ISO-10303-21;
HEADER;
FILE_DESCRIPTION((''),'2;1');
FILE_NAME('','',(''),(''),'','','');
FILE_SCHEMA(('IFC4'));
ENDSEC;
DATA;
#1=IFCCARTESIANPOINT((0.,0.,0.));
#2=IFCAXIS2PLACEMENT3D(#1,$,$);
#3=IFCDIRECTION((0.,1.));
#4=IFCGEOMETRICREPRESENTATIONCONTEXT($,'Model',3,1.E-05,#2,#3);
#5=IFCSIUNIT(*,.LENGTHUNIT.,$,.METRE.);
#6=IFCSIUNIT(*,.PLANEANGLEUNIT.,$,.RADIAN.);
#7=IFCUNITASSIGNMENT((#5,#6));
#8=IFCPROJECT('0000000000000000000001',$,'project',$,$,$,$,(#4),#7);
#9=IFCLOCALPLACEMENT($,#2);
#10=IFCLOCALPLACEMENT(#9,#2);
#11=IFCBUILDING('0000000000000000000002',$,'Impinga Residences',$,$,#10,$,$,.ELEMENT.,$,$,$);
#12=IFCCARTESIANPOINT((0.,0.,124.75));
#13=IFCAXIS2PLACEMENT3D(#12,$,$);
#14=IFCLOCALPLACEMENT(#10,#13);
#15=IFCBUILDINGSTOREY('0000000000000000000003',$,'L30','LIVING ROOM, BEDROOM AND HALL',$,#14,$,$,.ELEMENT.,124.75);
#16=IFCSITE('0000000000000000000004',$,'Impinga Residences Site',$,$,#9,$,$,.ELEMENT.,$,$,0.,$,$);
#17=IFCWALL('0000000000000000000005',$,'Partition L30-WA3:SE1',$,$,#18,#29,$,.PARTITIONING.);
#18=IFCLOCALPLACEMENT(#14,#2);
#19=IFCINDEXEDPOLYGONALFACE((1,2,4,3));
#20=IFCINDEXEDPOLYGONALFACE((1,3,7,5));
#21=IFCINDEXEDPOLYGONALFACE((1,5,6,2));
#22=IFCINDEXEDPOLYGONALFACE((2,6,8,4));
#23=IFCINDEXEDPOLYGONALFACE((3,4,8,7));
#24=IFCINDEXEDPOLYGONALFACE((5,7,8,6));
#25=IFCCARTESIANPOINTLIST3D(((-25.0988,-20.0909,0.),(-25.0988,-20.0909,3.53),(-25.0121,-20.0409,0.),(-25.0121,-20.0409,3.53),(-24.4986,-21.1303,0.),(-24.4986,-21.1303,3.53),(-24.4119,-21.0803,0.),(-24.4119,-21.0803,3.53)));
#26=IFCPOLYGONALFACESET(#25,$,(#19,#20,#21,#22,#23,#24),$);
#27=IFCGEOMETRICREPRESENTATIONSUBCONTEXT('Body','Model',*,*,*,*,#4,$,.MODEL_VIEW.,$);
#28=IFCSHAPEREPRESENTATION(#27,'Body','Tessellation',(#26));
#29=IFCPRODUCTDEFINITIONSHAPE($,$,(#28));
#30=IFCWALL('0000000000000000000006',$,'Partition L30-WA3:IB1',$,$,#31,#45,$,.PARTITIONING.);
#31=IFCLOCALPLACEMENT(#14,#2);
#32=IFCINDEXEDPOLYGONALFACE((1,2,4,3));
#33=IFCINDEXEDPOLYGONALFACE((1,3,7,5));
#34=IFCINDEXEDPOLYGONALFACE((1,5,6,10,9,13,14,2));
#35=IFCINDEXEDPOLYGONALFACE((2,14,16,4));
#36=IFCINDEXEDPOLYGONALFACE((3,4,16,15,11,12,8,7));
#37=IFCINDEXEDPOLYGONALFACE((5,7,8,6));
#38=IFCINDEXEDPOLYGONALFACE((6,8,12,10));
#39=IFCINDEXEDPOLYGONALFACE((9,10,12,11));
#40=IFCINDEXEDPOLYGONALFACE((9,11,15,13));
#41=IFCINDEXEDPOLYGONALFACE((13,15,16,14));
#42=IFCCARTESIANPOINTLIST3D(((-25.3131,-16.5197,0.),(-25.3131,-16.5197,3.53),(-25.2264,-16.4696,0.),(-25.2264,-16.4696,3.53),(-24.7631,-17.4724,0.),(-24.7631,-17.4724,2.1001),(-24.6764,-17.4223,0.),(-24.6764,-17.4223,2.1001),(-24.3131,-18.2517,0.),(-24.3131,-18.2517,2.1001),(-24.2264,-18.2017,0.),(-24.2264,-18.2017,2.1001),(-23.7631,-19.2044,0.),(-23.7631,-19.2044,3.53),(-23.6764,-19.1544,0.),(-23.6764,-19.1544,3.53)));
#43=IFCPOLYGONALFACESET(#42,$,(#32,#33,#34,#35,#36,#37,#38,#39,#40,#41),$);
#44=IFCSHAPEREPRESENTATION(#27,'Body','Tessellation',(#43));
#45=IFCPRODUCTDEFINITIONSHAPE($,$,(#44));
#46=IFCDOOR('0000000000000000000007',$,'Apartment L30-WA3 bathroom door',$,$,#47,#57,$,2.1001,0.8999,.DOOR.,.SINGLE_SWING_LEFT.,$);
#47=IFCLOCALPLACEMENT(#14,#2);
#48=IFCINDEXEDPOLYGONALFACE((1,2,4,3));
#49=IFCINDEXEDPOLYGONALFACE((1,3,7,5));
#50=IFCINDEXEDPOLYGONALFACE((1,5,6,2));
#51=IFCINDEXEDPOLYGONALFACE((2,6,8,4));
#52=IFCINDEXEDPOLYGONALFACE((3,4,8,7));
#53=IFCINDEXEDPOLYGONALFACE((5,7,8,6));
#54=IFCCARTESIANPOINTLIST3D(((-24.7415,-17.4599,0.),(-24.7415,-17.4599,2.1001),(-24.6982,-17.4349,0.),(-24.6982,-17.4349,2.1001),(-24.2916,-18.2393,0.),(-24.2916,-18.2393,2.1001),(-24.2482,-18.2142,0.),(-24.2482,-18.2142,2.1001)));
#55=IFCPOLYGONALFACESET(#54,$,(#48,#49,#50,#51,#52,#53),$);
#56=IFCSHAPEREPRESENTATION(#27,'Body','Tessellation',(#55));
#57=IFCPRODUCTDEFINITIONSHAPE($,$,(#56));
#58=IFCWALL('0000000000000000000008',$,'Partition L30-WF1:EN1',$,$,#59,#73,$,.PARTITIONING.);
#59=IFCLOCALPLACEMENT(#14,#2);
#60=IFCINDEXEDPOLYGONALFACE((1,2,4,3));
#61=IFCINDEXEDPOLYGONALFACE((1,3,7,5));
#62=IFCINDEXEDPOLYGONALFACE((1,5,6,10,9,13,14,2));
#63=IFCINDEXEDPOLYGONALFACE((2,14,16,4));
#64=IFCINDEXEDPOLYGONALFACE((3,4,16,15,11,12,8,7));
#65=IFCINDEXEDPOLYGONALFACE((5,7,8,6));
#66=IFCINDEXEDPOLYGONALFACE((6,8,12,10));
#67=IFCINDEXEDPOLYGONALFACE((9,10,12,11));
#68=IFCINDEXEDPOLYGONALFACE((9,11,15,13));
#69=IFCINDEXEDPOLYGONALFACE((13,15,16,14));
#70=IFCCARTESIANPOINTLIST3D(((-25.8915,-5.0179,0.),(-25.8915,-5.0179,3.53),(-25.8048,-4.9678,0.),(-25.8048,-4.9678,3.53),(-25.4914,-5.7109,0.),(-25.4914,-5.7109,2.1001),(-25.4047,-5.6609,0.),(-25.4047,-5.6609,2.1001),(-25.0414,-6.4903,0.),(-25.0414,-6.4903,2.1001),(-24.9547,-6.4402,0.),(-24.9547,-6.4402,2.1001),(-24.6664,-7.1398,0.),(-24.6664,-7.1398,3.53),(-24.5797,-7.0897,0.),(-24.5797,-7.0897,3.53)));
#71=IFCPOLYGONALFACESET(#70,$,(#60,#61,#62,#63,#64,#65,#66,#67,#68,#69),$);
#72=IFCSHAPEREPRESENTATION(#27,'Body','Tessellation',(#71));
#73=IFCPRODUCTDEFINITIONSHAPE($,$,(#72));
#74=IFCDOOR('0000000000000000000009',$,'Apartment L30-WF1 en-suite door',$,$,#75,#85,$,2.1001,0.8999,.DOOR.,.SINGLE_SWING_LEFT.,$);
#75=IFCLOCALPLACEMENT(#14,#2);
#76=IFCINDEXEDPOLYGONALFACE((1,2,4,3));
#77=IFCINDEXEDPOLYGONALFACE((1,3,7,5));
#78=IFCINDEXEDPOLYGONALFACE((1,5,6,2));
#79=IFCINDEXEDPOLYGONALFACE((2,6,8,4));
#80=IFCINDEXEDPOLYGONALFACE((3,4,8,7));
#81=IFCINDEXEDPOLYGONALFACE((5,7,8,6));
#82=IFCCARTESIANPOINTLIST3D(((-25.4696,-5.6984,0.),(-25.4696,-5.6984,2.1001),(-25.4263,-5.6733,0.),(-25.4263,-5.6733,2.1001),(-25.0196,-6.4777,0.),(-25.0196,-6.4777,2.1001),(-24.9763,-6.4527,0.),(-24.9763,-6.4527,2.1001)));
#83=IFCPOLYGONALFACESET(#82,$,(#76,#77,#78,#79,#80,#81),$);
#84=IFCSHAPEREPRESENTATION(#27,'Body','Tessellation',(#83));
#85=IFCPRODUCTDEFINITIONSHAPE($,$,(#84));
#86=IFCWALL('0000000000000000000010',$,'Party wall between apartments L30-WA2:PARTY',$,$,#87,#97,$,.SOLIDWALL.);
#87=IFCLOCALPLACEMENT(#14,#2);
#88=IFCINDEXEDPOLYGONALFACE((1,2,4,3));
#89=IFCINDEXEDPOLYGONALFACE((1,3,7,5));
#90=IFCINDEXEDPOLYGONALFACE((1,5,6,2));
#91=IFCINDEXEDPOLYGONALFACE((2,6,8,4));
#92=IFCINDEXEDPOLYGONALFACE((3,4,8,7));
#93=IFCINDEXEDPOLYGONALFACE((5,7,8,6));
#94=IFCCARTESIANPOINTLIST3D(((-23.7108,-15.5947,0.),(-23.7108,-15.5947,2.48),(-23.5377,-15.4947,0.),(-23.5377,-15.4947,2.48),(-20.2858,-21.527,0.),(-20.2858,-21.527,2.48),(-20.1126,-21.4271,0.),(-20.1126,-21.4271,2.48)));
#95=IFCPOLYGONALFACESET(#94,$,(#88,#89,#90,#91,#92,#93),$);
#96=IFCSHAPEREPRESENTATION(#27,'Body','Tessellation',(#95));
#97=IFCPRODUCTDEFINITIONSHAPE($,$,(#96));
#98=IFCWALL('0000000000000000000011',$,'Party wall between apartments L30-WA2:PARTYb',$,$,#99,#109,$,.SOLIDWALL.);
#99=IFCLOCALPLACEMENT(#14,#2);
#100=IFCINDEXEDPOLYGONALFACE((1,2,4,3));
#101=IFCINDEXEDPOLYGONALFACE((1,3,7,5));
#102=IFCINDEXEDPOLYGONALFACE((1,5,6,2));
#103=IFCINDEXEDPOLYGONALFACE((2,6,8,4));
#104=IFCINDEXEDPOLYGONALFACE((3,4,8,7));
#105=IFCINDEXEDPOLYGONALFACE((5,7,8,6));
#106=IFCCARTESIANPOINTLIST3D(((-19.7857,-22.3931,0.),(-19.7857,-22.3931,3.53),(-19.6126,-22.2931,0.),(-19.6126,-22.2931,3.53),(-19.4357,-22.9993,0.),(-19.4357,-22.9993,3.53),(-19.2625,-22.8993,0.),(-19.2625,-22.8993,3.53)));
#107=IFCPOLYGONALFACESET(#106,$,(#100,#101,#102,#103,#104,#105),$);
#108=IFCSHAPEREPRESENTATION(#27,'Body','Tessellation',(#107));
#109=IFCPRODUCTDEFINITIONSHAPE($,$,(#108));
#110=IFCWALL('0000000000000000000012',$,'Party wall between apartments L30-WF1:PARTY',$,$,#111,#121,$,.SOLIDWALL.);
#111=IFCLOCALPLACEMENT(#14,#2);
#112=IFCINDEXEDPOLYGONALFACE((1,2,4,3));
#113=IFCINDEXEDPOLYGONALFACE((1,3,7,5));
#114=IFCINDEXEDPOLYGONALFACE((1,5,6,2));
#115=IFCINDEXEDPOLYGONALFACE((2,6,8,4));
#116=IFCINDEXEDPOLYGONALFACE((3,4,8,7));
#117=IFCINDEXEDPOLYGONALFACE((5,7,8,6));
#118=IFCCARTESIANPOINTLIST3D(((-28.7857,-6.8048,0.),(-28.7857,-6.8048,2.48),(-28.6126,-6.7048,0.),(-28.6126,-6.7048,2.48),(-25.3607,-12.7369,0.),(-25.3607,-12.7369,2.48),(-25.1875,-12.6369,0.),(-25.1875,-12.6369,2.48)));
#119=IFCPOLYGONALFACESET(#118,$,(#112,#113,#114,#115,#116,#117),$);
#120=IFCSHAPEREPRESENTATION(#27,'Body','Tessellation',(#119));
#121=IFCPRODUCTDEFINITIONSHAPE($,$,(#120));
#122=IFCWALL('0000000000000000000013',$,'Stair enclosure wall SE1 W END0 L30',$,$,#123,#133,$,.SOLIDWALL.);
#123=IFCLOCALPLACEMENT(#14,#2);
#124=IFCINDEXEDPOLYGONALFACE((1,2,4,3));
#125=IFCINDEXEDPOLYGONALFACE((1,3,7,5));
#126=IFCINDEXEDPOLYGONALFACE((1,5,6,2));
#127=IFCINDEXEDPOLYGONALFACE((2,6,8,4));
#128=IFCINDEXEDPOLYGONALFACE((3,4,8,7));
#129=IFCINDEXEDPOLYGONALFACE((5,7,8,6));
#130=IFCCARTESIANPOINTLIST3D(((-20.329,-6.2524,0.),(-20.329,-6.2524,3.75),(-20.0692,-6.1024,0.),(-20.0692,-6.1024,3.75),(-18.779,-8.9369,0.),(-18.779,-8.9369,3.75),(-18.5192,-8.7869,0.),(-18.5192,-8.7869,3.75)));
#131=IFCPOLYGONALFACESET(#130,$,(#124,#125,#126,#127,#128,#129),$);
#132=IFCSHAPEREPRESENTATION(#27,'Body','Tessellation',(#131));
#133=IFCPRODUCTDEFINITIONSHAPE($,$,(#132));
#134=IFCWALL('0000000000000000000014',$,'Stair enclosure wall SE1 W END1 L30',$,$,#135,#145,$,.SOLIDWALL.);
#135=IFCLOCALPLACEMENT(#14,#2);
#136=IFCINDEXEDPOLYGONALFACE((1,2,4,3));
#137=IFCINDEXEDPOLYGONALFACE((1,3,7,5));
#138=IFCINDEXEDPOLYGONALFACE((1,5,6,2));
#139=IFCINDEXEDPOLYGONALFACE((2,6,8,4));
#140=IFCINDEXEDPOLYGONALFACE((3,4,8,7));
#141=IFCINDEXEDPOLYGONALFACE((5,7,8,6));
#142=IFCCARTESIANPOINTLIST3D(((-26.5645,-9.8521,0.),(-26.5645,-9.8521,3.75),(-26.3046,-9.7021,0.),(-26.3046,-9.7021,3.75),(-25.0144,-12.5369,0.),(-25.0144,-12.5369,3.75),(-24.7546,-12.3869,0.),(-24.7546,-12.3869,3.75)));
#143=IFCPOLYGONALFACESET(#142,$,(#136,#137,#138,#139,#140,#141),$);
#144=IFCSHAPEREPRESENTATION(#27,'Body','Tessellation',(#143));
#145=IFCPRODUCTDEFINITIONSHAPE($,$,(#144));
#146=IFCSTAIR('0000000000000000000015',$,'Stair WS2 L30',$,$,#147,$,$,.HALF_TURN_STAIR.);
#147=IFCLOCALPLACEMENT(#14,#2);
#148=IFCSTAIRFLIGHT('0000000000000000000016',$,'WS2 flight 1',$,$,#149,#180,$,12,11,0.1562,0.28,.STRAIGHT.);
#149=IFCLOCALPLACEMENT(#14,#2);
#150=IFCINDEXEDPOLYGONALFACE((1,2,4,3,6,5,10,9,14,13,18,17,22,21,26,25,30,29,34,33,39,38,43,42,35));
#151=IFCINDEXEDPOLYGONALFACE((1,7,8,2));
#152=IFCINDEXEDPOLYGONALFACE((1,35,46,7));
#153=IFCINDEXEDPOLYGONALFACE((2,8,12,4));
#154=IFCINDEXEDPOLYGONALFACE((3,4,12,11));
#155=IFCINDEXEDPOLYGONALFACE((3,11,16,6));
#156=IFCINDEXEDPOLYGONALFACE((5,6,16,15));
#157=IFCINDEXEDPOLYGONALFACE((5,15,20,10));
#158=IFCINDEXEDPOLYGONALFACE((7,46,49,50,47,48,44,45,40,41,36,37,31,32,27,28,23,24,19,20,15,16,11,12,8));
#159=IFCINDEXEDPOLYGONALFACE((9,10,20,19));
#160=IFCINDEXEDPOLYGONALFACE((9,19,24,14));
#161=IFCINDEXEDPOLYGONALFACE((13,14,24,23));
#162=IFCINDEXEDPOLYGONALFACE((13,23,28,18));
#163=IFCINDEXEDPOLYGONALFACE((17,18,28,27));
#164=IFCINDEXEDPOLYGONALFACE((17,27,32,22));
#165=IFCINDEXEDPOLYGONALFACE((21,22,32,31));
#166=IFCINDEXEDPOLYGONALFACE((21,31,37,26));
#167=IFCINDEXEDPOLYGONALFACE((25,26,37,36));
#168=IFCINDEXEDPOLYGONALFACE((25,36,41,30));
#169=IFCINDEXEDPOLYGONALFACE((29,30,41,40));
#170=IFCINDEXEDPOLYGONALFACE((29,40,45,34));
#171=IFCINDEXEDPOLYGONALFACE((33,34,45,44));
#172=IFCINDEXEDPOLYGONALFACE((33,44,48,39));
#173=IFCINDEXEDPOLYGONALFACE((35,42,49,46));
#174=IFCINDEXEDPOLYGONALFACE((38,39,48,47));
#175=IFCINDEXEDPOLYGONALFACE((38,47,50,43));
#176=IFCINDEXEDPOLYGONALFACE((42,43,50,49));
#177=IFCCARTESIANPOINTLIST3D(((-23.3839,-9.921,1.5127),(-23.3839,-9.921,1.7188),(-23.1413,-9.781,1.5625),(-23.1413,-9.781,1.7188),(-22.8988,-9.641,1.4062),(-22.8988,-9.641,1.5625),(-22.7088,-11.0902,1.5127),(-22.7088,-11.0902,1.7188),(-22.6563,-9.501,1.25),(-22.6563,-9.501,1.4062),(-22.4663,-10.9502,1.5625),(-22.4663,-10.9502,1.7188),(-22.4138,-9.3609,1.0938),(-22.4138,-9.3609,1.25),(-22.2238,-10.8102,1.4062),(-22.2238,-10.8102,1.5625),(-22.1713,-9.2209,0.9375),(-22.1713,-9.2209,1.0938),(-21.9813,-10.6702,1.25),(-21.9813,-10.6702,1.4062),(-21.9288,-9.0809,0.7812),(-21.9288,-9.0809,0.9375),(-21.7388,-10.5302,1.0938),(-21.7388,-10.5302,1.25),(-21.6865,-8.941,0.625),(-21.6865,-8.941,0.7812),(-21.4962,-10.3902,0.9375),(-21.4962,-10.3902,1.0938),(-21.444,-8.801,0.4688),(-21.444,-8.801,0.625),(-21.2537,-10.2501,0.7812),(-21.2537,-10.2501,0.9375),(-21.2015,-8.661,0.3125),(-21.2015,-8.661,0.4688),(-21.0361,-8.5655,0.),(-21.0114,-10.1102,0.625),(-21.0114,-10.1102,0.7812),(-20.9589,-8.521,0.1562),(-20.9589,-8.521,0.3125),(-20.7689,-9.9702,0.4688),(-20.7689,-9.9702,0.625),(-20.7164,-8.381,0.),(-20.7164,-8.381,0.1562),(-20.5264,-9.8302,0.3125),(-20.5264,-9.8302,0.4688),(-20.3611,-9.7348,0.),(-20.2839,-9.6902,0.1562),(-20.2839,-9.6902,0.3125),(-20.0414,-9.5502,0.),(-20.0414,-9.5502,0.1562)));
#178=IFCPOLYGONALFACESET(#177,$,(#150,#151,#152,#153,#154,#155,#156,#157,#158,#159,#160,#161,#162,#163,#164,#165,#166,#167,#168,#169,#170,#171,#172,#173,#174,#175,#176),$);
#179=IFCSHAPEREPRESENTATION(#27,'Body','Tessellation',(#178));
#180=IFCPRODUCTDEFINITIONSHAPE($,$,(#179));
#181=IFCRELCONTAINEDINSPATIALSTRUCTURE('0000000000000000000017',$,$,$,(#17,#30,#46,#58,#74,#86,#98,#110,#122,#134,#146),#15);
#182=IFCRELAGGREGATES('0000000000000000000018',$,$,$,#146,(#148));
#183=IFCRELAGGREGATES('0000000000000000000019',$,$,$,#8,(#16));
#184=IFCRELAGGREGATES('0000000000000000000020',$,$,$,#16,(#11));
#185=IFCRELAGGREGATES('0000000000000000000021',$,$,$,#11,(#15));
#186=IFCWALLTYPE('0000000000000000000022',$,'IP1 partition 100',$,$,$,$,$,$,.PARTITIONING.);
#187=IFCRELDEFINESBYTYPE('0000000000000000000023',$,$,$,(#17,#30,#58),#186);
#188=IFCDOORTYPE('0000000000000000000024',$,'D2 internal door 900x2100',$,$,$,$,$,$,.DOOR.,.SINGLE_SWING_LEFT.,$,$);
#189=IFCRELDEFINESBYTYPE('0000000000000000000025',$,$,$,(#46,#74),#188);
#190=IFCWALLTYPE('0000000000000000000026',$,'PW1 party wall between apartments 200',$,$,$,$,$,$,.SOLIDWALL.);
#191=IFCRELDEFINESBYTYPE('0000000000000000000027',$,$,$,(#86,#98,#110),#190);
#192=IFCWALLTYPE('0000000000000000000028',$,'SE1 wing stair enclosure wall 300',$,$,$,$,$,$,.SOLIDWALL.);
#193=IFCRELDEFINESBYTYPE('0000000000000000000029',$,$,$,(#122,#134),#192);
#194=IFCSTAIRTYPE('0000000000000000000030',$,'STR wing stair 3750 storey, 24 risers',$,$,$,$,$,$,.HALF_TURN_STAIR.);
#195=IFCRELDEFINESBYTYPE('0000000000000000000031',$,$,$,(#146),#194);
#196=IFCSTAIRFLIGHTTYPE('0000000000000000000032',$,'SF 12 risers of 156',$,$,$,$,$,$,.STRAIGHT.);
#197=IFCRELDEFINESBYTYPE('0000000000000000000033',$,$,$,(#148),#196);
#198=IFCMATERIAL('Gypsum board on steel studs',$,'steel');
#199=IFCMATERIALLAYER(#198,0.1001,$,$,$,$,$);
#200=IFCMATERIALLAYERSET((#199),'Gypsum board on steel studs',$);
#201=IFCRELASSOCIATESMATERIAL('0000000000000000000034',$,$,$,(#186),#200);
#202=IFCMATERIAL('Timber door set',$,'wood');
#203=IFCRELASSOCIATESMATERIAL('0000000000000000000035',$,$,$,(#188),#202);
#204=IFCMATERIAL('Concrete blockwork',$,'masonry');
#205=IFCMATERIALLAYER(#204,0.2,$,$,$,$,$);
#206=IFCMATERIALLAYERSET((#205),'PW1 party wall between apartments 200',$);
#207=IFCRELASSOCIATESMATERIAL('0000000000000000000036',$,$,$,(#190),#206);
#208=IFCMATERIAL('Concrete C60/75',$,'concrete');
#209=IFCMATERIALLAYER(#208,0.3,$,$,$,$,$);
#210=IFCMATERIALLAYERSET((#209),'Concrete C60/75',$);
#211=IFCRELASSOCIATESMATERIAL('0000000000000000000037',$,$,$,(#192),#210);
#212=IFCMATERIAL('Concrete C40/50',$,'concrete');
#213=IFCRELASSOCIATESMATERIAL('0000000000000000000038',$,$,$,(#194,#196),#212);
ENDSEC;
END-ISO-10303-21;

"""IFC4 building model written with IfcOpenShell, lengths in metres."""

from ifc_helpers import new_model, si_unit, direction, frame, frame_2d, origin, place, context, subcontext, project, spatial, polyline, rectangle, outline, extrude, material, layer, layer_set, type_object, element, fill, aggregate, save


model = new_model("IFC4")

# Units and contexts
model_context = context("Model", 3, precision=1e-05, world=origin(), true_north=direction((0.0, 1.0)))
body_context = subcontext(model_context, "Body", "Model", "MODEL_VIEW")
ifc_project = project(units=[si_unit("LENGTHUNIT", "METRE"), si_unit("PLANEANGLEUNIT", "RADIAN")], contexts=[model_context])

# Site, building, storey
site_placement = place(None, origin())
site = spatial("IfcSite", under=ifc_project, at=site_placement, Name="Impinga Residences Site", CompositionType="ELEMENT", RefElevation=0.0)
building_placement = place(site_placement, origin())
building = spatial("IfcBuilding", under=site, at=building_placement, Name="Impinga Residences", CompositionType="ELEMENT")
storey_placement = place(building_placement, frame((0.0, 0.0, 124.75)))
storey = spatial("IfcBuildingStorey", under=building, at=storey_placement, Name="L30", Description="LIVING ROOM, BEDROOM AND HALL", CompositionType="ELEMENT", Elevation=124.75)

# Shared definitions
ifc_material_1 = material(Name="Concrete C60/75", Category="concrete")

# Shared definitions
ifc_material_2 = material(Name="Gypsum board on steel studs", Category="steel")
ifc_layer_1 = layer(ifc_material_2, 0.1001)
ifc_layer_set_1 = layer_set([ifc_layer_1], Name="Gypsum board on steel studs")
wall_type_1 = type_object("IfcWallType", Name="IP1 partition 100", PredefinedType="PARTITIONING", material=ifc_layer_set_1)
ifc_material_3 = material(Name="Timber door set", Category="wood")
door_type = type_object("IfcDoorType", Name="D2 internal door 900x2100", OperationType="SINGLE_SWING_LEFT", PredefinedType="DOOR", material=ifc_material_3)

# Wall
for number, where, z_axis, x_axis, name in (
    (1, (-25.0554, -20.0659, 0.0), (0.0, 0.0, 1.0), (0.500034, -0.866006, 0.0), "Partition L30-WA3:SE1"),
):
    element("IfcWall", number, at=place(storey_placement, frame(where, z_axis=z_axis, x_axis=x_axis)), inside=storey, type_object=wall_type_1, Name=name, PredefinedType="PARTITIONING", context=body_context, shape_type="SweptSolid", body=[
        extrude(rectangle(XDim=1.2002, YDim=0.1001, at=frame_2d((0.6001, 0.0))), origin(), (0.0, 0.0, 1.0), 3.53),
    ])

# Walls, openings, doors
wall_1_placement = place(storey_placement, frame((-25.2698, -16.4946, 0.0), z_axis=(0.0, 0.0, 1.0), x_axis=(0.499993, -0.86603, 0.0)))
wall_1 = element("IfcWall", 2, at=wall_1_placement, inside=storey, type_object=wall_type_1, Name="Partition L30-WA3:IB1", PredefinedType="PARTITIONING", context=body_context, shape_type="SweptSolid", body=[
    extrude(rectangle(XDim=3.1001, YDim=0.1001, at=frame_2d((1.55, 0.0))), origin(), (0.0, 0.0, 1.0), 3.53),
])
opening_1_placement = place(wall_1_placement, frame((1.1001, 0.0, 0.0)))
opening_1 = element("IfcOpeningElement", 3, at=opening_1_placement, cuts=wall_1, PredefinedType="OPENING", context=body_context, shape_type="SweptSolid", body=[
    extrude(rectangle(XDim=0.8999, YDim=2.1001, at=frame_2d((0.45, 1.05))), frame((0.0, 0.0601, 0.0), z_axis=(0.0, -1.0, 0.0), x_axis=(1.0, 0.0, 0.0)), (0.0, 0.0, 1.0), 0.1201),
])
door_1_placement = place(opening_1_placement, origin())
door_1 = element("IfcDoor", 4, at=door_1_placement, inside=storey, type_object=door_type, Name="Apartment L30-WA3 bathroom door", OperationType="SINGLE_SWING_LEFT", OverallHeight=2.1001, OverallWidth=0.8999, PredefinedType="DOOR", context=body_context, shape_type="SweptSolid", body=[
    extrude(rectangle(XDim=0.8999, YDim=2.1001, at=frame_2d((0.45, 1.05))), frame((0.0, 0.0249, 0.0), z_axis=(0.0, -1.0, 0.0), x_axis=(1.0, 0.0, 0.0)), (0.0, 0.0, 1.0), 0.05),
])
fill(opening_1, door_1)
wall_2_placement = place(storey_placement, frame((-24.623, -7.1147, 0.0), z_axis=(0.0, 0.0, 1.0), x_axis=(-0.500019, 0.866015, 0.0)))
wall_2 = element("IfcWall", 5, at=wall_2_placement, inside=storey, type_object=wall_type_1, Name="Partition L30-WF1:EN1", PredefinedType="PARTITIONING", context=body_context, shape_type="SweptSolid", body=[
    extrude(rectangle(XDim=2.4502, YDim=0.1001, at=frame_2d((1.2251, 0.0))), origin(), (0.0, 0.0, 1.0), 3.53),
])
opening_2_placement = place(wall_2_placement, frame((0.75, 0.0, 0.0)))
opening_2 = element("IfcOpeningElement", 6, at=opening_2_placement, cuts=wall_2, PredefinedType="OPENING", context=body_context, shape_type="SweptSolid", body=[
    extrude(rectangle(XDim=0.8999, YDim=2.1001, at=frame_2d((0.45, 1.05))), frame((0.0, 0.0601, 0.0), z_axis=(0.0, -1.0, 0.0), x_axis=(1.0, 0.0, 0.0)), (0.0, 0.0, 1.0), 0.1201),
])
door_2_placement = place(opening_2_placement, origin())
door_2 = element("IfcDoor", 7, at=door_2_placement, inside=storey, type_object=door_type, Name="Apartment L30-WF1 en-suite door", OperationType="SINGLE_SWING_LEFT", OverallHeight=2.1001, OverallWidth=0.8999, PredefinedType="DOOR", context=body_context, shape_type="SweptSolid", body=[
    extrude(rectangle(XDim=0.8999, YDim=2.1001, at=frame_2d((0.45, 1.05))), frame((0.0, 0.0249, 0.0), z_axis=(0.0, -1.0, 0.0), x_axis=(1.0, 0.0, 0.0)), (0.0, 0.0, 1.0), 0.05),
])
fill(opening_2, door_2)

# Walls
ifc_material_4 = material(Name="Concrete blockwork", Category="masonry")
ifc_layer_2 = layer(ifc_material_4, 0.2)
ifc_layer_set_2 = layer_set([ifc_layer_2], Name="PW1 party wall between apartments 200")
wall_type_2 = type_object("IfcWallType", Name="PW1 party wall between apartments 200", PredefinedType="SOLIDWALL", material=ifc_layer_set_2)
wall_3_placement = place(storey_placement, frame((-23.6243, -15.5447, 0.0), z_axis=(0.0, 0.0, 1.0), x_axis=(0.499999, -0.866026, 0.0)))
element("IfcWall", 8, at=wall_3_placement, inside=storey, type_object=wall_type_2, Name="Party wall between apartments L30-WA2:PARTY", PredefinedType="SOLIDWALL", context=body_context, shape_type="SweptSolid", body=[
    extrude(rectangle(XDim=6.8501, YDim=0.2, at=frame_2d((3.425, 0.0))), origin(), (0.0, 0.0, 1.0), 2.48),
])
wall_4_placement = place(storey_placement, frame((-19.6992, -22.343, 0.0), z_axis=(0.0, 0.0, 1.0), x_axis=(0.500115, -0.865959, 0.0)))
element("IfcWall", 9, at=wall_4_placement, inside=storey, type_object=wall_type_2, Name="Party wall between apartments L30-WA2:PARTYb", PredefinedType="SOLIDWALL", context=body_context, shape_type="SweptSolid", body=[
    extrude(rectangle(XDim=0.7, YDim=0.2, at=frame_2d((0.3501, 0.0))), origin(), (0.0, 0.0, 1.0), 3.53),
])
wall_5_placement = place(storey_placement, frame((-25.2742, -12.6868, 0.0), z_axis=(0.0, 0.0, 1.0), x_axis=(-0.500015, 0.866017, 0.0)))
element("IfcWall", 10, at=wall_5_placement, inside=storey, type_object=wall_type_2, Name="Party wall between apartments L30-WF1:PARTY", PredefinedType="SOLIDWALL", context=body_context, shape_type="SweptSolid", body=[
    extrude(rectangle(XDim=6.8499, YDim=0.2, at=frame_2d((3.4248, 0.0))), origin(), (0.0, 0.0, 1.0), 2.48),
])
ifc_layer_3 = layer(ifc_material_1, 0.3)
ifc_layer_set_3 = layer_set([ifc_layer_3], Name="Concrete C60/75")
wall_type_3 = type_object("IfcWallType", Name="SE1 wing stair enclosure wall 300", PredefinedType="SOLIDWALL", material=ifc_layer_set_3)
wall_6_placement = place(storey_placement, frame((-18.6492, -8.8618, 0.0), z_axis=(0.0, 0.0, 1.0), x_axis=(-0.500027, 0.86601, 0.0)))
element("IfcWall", 11, at=wall_6_placement, inside=storey, type_object=wall_type_3, Name="Stair enclosure wall SE1 W END0 L30", PredefinedType="SOLIDWALL", context=body_context, shape_type="SweptSolid", body=[
    extrude(rectangle(XDim=3.0999, YDim=0.3, at=frame_2d((1.5498, 0.0))), origin(), (0.0, 0.0, 1.0), 3.75),
])
wall_7_placement = place(storey_placement, frame((-24.8845, -12.4619, 0.0), z_axis=(0.0, 0.0, 1.0), x_axis=(-0.499993, 0.86603, 0.0)))
element("IfcWall", 12, at=wall_7_placement, inside=storey, type_object=wall_type_3, Name="Stair enclosure wall SE1 W END1 L30", PredefinedType="SOLIDWALL", context=body_context, shape_type="SweptSolid", body=[
    extrude(rectangle(XDim=3.1001, YDim=0.3, at=frame_2d((1.55, 0.0))), origin(), (0.0, 0.0, 1.0), 3.75),
])

# Stair, stair flight
ifc_material_5 = material(Name="Concrete C40/50", Category="concrete")
stair_type = type_object("IfcStairType", Name="STR wing stair 3750 storey, 24 risers", PredefinedType="HALF_TURN_STAIR", material=ifc_material_5)
stair_placement = place(storey_placement, origin())
stair = element("IfcStair", 13, at=stair_placement, inside=storey, type_object=stair_type, Name="Stair WS2 L30", PredefinedType="HALF_TURN_STAIR")
stair_flight_type = type_object("IfcStairFlightType", Name="SF 12 risers of 156", PredefinedType="STRAIGHT", material=ifc_material_5)
stair_flight_1_placement = place(storey_placement, frame((-20.3789, -8.9656, 0.0), z_axis=(0.0, 0.0, 1.0), x_axis=(-0.866025, -0.5, 0.0)))
stair_flight_1 = element("IfcStairFlight", 14, at=stair_flight_1_placement, type_object=stair_flight_type, Name="WS2 flight 1", NumberOfRisers=12, NumberOfTreads=11, PredefinedType="STRAIGHT", RiserHeight=0.1562, TreadLength=0.28, context=body_context, shape_type="SweptSolid", body=[
    extrude(outline(polyline([(0.0, 0.0), (0.0, 0.1562), (0.28, 0.1562), (0.28, 0.3125), (0.5601, 0.3125), (0.5601, 0.4688), (0.8401, 0.4688), (0.8401, 0.625), (1.1201, 0.625), (1.1201, 0.7812), (1.3999, 0.7812), (1.3999, 0.9375), (1.6799, 0.9375), (1.6799, 1.0938), (1.96, 1.0938), (1.96, 1.25), (2.24, 1.25), (2.24, 1.4062), (2.52, 1.4062), (2.52, 1.5625), (2.8, 1.5625), (2.8, 1.7188), (3.0801, 1.7188), (3.0801, 1.875), (3.0801, 1.5127), (0.3691, 0.0), (0.0, 0.0)])), frame((0.0, 0.675, 0.0), z_axis=(0.0, -1.0, 0.0), x_axis=(1.0, 0.0, 0.0)), (0.0, 0.0, 1.0), 1.3501),
])
aggregate(stair, [stair_flight_1])

save(model, "model.ifc")
